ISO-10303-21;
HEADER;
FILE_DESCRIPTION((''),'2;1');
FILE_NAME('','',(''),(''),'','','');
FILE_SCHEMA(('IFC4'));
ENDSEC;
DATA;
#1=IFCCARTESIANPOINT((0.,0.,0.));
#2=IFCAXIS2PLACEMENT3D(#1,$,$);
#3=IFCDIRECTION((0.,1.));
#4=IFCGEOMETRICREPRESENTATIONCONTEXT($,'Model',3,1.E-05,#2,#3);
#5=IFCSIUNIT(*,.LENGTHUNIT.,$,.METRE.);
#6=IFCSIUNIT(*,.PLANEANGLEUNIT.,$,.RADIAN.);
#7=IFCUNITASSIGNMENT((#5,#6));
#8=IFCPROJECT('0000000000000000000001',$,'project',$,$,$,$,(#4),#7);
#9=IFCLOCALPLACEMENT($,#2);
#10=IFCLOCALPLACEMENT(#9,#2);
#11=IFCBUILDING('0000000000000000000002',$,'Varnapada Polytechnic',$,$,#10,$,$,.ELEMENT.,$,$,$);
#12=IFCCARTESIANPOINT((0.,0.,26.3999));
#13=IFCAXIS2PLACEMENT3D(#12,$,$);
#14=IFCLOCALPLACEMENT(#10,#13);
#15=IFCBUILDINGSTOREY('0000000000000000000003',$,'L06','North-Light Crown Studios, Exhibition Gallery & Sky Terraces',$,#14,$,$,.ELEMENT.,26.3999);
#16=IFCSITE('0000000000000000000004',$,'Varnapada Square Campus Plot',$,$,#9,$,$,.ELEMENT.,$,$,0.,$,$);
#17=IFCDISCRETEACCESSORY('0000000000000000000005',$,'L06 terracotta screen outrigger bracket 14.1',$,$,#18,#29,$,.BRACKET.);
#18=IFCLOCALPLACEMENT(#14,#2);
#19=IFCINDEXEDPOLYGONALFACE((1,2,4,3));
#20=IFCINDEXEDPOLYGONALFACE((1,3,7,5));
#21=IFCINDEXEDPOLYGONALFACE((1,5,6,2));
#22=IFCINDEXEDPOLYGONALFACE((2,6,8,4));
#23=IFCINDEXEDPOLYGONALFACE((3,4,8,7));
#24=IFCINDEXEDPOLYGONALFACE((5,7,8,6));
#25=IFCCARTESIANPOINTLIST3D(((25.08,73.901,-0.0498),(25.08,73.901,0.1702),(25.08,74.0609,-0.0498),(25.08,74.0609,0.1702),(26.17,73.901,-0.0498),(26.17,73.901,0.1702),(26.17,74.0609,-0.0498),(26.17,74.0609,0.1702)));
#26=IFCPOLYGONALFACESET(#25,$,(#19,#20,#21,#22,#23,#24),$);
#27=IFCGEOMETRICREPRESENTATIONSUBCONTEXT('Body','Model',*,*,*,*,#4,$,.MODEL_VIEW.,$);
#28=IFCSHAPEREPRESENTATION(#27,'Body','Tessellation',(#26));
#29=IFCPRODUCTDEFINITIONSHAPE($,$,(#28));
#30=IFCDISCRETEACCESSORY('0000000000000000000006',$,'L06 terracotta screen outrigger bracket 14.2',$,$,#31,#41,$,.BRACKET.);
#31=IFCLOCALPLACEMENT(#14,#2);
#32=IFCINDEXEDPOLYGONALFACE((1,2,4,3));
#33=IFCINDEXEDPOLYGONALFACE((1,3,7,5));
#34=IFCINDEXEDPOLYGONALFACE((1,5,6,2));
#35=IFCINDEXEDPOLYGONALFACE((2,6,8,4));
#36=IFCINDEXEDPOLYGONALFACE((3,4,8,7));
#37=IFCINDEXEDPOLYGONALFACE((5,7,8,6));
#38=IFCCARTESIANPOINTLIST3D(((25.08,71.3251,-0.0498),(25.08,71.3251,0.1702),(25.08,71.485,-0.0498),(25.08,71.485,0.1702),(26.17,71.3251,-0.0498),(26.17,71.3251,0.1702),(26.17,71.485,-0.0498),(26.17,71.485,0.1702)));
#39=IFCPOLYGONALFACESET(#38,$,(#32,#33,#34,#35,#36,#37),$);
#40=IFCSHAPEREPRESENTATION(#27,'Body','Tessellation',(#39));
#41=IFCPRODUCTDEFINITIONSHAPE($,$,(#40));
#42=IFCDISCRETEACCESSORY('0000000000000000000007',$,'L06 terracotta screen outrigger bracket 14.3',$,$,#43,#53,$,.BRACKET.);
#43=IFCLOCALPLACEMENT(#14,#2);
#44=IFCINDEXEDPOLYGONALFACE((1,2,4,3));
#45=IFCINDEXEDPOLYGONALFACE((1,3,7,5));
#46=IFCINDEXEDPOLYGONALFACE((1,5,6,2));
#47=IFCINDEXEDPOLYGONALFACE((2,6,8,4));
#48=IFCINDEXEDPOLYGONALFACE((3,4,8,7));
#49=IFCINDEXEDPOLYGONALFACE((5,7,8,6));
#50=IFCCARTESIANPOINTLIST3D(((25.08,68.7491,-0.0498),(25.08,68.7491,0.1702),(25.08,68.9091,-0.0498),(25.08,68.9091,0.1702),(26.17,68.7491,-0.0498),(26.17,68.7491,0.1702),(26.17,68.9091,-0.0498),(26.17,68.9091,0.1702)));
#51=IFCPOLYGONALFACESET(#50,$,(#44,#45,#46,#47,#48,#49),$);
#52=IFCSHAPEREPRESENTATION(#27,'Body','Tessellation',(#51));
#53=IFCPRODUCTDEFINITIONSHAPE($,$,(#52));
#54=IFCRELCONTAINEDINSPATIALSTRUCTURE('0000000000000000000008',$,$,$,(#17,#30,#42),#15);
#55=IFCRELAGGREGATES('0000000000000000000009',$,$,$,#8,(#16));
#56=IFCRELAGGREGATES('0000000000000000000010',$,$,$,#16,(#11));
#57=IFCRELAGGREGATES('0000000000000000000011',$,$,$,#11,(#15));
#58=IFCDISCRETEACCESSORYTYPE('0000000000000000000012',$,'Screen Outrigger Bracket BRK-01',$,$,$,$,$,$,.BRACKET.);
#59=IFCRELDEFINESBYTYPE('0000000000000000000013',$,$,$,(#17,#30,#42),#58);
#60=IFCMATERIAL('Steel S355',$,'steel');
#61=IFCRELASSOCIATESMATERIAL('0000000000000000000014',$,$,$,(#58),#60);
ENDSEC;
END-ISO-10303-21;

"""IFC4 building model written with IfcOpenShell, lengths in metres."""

from ifc_helpers import new_model, si_unit, direction, frame, origin, origin_2d, place, context, subcontext, project, spatial, rectangle, extrude, material, type_object, element, save


model = new_model("IFC4")

# Units and contexts
model_context = context("Model", 3, precision=1e-05, world=origin(), true_north=direction((0.0, 1.0)))
body_context = subcontext(model_context, "Body", "Model", "MODEL_VIEW")
ifc_project = project(units=[si_unit("LENGTHUNIT", "METRE"), si_unit("PLANEANGLEUNIT", "RADIAN")], contexts=[model_context])

# Site, building, storey
site_placement = place(None, origin())
site = spatial("IfcSite", under=ifc_project, at=site_placement, Name="Varnapada Square Campus Plot", CompositionType="ELEMENT", RefElevation=0.0)
building_placement = place(site_placement, origin())
building = spatial("IfcBuilding", under=site, at=building_placement, Name="Varnapada Polytechnic", CompositionType="ELEMENT")
storey_placement = place(building_placement, frame((0.0, 0.0, 26.3999)))
storey = spatial("IfcBuildingStorey", under=building, at=storey_placement, Name="L06", Description="North-Light Crown Studios, Exhibition Gallery & Sky Terraces", CompositionType="ELEMENT", Elevation=26.3999)

# Discrete accessories
ifc_material_1 = material(Name="Steel S355", Category="steel")
discrete_accessory_type = type_object("IfcDiscreteAccessoryType", Name="Screen Outrigger Bracket BRK-01", PredefinedType="BRACKET", material=ifc_material_1)
for number, where, z_axis, x_axis, name in (
    (1, (25.625, 73.981, -0.0498), (0.0, 0.0, 1.0), (0.0, -1.0, 0.0), "L06 terracotta screen outrigger bracket 14.1"),
    (2, (25.625, 71.405, -0.0498), (0.0, 0.0, 1.0), (0.0, -1.0, 0.0), "L06 terracotta screen outrigger bracket 14.2"),
    (3, (25.625, 68.8291, -0.0498), (0.0, 0.0, 1.0), (0.0, -1.0, 0.0), "L06 terracotta screen outrigger bracket 14.3"),
):
    element("IfcDiscreteAccessory", number, at=place(storey_placement, frame(where, z_axis=z_axis, x_axis=x_axis)), inside=storey, type_object=discrete_accessory_type, Name=name, PredefinedType="BRACKET", context=body_context, shape_type="SweptSolid", body=[
        extrude(rectangle(XDim=0.1599, YDim=1.0901, at=origin_2d()), origin(), (0.0, 0.0, 1.0), 0.22),
    ])

save(model, "model.ifc")
